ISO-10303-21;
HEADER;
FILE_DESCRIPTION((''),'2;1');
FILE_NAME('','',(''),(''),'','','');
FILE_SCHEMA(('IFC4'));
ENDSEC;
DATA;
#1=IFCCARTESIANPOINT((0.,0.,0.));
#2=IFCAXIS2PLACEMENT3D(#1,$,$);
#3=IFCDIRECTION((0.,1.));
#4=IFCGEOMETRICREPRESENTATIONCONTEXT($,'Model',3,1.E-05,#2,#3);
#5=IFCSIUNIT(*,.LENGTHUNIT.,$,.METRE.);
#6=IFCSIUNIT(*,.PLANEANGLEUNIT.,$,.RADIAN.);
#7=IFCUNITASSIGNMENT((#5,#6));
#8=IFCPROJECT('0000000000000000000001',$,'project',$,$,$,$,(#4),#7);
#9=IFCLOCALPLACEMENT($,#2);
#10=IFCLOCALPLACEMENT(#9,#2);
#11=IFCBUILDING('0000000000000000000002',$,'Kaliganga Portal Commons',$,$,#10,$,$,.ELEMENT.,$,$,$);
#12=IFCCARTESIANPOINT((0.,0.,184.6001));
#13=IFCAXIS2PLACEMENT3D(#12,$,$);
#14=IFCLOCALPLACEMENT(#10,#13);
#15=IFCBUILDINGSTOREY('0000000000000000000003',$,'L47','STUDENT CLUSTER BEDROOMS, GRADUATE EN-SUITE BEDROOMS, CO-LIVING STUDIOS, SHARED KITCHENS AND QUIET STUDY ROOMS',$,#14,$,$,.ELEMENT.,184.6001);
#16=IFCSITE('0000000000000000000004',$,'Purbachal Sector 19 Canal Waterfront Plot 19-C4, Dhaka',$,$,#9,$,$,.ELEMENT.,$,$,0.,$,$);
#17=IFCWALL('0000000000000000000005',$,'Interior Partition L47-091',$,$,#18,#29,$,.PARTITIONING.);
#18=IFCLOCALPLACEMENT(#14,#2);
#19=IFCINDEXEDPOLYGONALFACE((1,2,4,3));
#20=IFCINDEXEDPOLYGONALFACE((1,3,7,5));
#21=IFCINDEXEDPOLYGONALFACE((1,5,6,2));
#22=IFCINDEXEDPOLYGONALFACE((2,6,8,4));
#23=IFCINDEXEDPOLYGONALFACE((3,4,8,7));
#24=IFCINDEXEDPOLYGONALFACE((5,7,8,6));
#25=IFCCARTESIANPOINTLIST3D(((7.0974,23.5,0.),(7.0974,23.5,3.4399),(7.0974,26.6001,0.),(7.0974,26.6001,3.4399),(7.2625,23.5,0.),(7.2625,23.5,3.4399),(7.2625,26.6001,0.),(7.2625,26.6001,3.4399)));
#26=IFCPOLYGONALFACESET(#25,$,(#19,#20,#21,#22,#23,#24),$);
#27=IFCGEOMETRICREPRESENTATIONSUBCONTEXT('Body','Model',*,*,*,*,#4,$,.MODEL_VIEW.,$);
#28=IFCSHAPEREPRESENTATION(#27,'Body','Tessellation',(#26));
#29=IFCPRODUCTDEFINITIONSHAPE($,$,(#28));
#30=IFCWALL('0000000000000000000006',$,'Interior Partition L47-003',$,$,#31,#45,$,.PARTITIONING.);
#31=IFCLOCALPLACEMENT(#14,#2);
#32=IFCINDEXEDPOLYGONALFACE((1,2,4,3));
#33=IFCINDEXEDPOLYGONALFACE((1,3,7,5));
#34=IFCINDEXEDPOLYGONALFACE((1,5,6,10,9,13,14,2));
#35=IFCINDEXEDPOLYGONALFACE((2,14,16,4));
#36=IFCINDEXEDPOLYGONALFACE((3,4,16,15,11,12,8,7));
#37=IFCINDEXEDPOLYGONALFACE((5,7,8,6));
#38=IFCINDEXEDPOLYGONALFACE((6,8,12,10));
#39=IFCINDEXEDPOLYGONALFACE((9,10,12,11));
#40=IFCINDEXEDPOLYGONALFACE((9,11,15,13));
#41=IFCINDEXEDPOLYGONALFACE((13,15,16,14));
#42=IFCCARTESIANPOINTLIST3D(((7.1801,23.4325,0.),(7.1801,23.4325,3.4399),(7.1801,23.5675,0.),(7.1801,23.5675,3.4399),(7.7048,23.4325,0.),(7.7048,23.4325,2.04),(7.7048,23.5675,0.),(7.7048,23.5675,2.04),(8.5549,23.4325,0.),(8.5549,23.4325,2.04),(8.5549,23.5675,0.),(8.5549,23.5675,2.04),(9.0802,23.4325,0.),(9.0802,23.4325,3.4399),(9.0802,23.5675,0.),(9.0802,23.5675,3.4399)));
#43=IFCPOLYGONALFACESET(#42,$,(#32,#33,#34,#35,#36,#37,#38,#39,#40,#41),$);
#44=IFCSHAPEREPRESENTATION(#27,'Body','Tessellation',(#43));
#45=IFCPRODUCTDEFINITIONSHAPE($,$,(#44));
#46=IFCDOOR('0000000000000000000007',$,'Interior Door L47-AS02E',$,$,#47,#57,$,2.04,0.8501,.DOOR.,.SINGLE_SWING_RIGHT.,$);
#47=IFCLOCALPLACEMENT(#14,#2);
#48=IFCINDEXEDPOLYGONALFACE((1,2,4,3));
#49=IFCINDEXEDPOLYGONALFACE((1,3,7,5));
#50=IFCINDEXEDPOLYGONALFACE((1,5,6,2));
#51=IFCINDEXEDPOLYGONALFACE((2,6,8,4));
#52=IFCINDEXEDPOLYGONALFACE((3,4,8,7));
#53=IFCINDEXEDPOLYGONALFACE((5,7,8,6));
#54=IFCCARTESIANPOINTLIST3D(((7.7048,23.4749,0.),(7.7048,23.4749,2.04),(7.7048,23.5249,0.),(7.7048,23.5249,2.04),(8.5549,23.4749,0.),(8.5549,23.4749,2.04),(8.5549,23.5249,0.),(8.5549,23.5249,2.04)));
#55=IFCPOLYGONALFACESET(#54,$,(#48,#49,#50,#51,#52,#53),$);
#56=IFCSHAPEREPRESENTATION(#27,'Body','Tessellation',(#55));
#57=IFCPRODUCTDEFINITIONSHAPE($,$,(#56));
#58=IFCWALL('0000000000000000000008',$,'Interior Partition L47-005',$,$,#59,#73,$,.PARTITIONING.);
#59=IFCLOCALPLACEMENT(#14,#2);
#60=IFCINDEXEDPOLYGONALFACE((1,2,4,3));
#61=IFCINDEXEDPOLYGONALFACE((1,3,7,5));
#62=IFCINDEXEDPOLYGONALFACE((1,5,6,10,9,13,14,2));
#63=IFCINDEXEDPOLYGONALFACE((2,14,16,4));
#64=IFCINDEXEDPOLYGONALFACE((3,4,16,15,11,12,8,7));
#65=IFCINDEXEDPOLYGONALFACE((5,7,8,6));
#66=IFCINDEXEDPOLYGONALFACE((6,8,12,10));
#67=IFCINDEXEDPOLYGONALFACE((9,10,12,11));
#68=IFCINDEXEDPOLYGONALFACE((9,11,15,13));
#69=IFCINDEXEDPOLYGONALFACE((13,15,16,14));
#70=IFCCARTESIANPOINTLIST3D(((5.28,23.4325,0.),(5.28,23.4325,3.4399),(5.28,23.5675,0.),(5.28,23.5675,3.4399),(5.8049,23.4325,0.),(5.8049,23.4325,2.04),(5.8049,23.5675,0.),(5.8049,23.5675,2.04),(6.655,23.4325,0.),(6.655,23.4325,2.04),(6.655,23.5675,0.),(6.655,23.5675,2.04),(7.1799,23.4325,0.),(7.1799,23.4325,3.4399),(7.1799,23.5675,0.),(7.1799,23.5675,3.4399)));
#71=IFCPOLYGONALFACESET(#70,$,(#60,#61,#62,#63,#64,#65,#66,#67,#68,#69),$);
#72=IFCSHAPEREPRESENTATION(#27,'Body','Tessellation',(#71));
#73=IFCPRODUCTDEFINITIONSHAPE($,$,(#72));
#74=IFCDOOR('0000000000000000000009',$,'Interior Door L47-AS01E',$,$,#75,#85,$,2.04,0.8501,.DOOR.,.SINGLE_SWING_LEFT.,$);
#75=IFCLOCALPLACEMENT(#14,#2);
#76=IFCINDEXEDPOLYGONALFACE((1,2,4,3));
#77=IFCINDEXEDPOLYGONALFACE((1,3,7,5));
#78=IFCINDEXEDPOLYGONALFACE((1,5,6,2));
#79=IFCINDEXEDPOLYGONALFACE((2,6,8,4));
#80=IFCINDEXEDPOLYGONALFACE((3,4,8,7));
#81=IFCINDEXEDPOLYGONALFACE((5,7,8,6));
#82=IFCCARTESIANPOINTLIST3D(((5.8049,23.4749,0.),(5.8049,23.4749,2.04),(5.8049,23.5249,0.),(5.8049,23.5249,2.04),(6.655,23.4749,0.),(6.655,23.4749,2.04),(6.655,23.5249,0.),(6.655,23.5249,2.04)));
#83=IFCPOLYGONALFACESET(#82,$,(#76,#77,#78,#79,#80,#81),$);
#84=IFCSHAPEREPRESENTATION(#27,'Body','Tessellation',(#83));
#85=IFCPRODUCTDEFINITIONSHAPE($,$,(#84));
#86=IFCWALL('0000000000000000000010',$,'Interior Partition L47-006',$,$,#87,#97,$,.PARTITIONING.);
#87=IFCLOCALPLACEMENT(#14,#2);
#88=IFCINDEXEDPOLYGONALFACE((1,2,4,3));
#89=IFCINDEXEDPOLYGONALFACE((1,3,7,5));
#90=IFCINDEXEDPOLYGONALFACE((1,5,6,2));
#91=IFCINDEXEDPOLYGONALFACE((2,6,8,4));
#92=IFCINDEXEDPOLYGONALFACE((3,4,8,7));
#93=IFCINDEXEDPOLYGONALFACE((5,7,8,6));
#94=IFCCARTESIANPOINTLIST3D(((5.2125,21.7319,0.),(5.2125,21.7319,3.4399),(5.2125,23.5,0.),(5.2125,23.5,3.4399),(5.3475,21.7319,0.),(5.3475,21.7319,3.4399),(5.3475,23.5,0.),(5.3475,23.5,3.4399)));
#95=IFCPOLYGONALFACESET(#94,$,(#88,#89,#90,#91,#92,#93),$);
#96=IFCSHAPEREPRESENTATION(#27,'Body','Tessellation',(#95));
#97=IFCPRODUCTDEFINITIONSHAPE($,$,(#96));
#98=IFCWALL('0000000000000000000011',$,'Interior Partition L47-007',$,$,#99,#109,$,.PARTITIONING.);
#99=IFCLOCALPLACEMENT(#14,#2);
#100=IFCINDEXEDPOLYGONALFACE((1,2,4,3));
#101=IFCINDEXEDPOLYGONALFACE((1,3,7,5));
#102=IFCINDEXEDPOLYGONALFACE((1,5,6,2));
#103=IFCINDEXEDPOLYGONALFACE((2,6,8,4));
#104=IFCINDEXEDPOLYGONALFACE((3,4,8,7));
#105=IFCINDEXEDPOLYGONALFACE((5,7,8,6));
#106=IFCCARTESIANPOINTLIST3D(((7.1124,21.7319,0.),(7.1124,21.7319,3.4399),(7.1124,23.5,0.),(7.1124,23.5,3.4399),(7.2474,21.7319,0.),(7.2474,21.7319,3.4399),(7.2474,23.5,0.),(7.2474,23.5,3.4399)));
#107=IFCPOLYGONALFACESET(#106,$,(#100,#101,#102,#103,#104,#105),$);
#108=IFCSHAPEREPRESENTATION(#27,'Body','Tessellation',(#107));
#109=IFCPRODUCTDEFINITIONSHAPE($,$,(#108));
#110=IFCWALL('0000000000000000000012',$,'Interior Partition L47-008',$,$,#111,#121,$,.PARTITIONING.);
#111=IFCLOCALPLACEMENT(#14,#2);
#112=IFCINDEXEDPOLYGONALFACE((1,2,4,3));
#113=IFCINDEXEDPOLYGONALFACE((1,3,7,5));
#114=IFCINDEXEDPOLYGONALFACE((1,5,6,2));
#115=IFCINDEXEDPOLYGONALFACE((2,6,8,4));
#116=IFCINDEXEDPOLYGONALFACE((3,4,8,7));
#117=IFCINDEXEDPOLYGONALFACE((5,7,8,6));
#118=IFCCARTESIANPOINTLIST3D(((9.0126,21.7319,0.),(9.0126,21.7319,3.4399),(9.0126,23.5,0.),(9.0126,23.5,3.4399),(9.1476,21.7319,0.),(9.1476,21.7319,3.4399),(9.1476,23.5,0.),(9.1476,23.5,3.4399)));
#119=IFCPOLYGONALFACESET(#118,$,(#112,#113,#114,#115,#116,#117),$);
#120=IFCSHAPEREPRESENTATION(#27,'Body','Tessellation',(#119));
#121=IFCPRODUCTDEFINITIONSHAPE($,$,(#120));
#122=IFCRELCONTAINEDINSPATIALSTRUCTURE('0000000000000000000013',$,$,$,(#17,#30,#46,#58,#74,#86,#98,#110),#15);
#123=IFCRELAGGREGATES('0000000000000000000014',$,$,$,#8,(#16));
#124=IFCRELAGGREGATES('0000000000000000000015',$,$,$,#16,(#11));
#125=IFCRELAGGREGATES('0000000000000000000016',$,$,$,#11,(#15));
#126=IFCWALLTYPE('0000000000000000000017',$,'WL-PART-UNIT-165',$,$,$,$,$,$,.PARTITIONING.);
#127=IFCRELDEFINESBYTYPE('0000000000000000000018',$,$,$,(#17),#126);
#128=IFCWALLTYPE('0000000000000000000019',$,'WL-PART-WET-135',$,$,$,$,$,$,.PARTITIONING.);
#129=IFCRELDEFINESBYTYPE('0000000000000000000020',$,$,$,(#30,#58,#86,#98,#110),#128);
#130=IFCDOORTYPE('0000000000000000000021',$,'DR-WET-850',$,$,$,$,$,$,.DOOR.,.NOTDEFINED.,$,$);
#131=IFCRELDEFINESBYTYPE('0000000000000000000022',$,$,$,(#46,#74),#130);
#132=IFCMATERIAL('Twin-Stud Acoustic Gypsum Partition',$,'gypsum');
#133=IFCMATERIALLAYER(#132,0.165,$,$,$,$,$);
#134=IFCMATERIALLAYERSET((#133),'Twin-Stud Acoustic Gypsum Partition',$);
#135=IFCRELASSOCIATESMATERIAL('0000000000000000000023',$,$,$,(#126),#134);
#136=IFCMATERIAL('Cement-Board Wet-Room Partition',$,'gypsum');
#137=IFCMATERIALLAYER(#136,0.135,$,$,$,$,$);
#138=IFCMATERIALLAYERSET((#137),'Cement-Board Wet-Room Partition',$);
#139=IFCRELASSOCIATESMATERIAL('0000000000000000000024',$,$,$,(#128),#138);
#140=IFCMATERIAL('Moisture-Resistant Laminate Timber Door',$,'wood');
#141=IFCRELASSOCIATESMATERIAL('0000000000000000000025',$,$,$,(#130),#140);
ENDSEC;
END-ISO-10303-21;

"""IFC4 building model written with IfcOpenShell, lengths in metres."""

from ifc_helpers import new_model, si_unit, direction, frame, frame_2d, origin, place, context, subcontext, project, spatial, rectangle, extrude, material, layer, layer_set, type_object, element, fill, save


model = new_model("IFC4")

# Units and contexts
model_context = context("Model", 3, precision=1e-05, world=origin(), true_north=direction((0.0, 1.0)))
body_context = subcontext(model_context, "Body", "Model", "MODEL_VIEW")
ifc_project = project(units=[si_unit("LENGTHUNIT", "METRE"), si_unit("PLANEANGLEUNIT", "RADIAN")], contexts=[model_context])

# Site, building, storey
site_placement = place(None, origin())
site = spatial("IfcSite", under=ifc_project, at=site_placement, Name="Purbachal Sector 19 Canal Waterfront Plot 19-C4, Dhaka", CompositionType="ELEMENT", RefElevation=0.0)
building_placement = place(site_placement, origin())
building = spatial("IfcBuilding", under=site, at=building_placement, Name="Kaliganga Portal Commons", CompositionType="ELEMENT")
storey_placement = place(building_placement, frame((0.0, 0.0, 184.6001)))
storey = spatial("IfcBuildingStorey", under=building, at=storey_placement, Name="L47", Description="STUDENT CLUSTER BEDROOMS, GRADUATE EN-SUITE BEDROOMS, CO-LIVING STUDIOS, SHARED KITCHENS AND QUIET STUDY ROOMS", CompositionType="ELEMENT", Elevation=184.6001)

# Wall
ifc_material_1 = material(Name="Twin-Stud Acoustic Gypsum Partition", Category="gypsum")
ifc_layer_1 = layer(ifc_material_1, 0.165)
ifc_layer_set_1 = layer_set([ifc_layer_1], Name="Twin-Stud Acoustic Gypsum Partition")
wall_type_1 = type_object("IfcWallType", Name="WL-PART-UNIT-165", PredefinedType="PARTITIONING", material=ifc_layer_set_1)
wall_1_placement = place(storey_placement, frame((7.1799, 23.5, 0.0), z_axis=(0.0, 0.0, 1.0), x_axis=(0.0, 1.0, 0.0)))
element("IfcWall", 1, at=wall_1_placement, inside=storey, type_object=wall_type_1, Name="Interior Partition L47-091", PredefinedType="PARTITIONING", context=body_context, shape_type="SweptSolid", body=[
    extrude(rectangle(XDim=3.1001, YDim=0.165, at=frame_2d((1.55, 0.0))), origin(), (0.0, 0.0, 1.0), 3.4399),
])

# Walls, openings, doors
ifc_material_2 = material(Name="Cement-Board Wet-Room Partition", Category="gypsum")
ifc_layer_2 = layer(ifc_material_2, 0.135)
ifc_layer_set_2 = layer_set([ifc_layer_2], Name="Cement-Board Wet-Room Partition")
wall_type_2 = type_object("IfcWallType", Name="WL-PART-WET-135", PredefinedType="PARTITIONING", material=ifc_layer_set_2)
wall_2_placement = place(storey_placement, frame((7.1799, 23.5, 0.0), z_axis=(0.0, 0.0, 1.0), x_axis=(1.0, 0.0, 0.0)))
wall_2 = element("IfcWall", 2, at=wall_2_placement, inside=storey, type_object=wall_type_2, Name="Interior Partition L47-003", PredefinedType="PARTITIONING", context=body_context, shape_type="SweptSolid", body=[
    extrude(rectangle(XDim=1.9001, YDim=0.135, at=frame_2d((0.9502, 0.0))), origin(), (0.0, 0.0, 1.0), 3.4399),
])
opening_1_placement = place(wall_2_placement, frame((0.5249, 0.0, 0.0)))
opening_1 = element("IfcOpeningElement", 3, at=opening_1_placement, cuts=wall_2, PredefinedType="OPENING", context=body_context, shape_type="SweptSolid", body=[
    extrude(rectangle(XDim=0.8501, YDim=2.04, at=frame_2d((0.425, 1.02))), frame((0.0, 0.0776, 0.0), z_axis=(0.0, -1.0, 0.0), x_axis=(1.0, 0.0, 0.0)), (0.0, 0.0, 1.0), 0.155),
])
ifc_material_3 = material(Name="Moisture-Resistant Laminate Timber Door", Category="wood")
door_type_1 = type_object("IfcDoorType", Name="DR-WET-850", OperationType="NOTDEFINED", PredefinedType="DOOR", material=ifc_material_3)
door_1_placement = place(opening_1_placement, origin())
door_1 = element("IfcDoor", 4, at=door_1_placement, inside=storey, type_object=door_type_1, Name="Interior Door L47-AS02E", OperationType="SINGLE_SWING_RIGHT", OverallHeight=2.04, OverallWidth=0.8501, PredefinedType="DOOR", context=body_context, shape_type="SweptSolid", body=[
    extrude(rectangle(XDim=0.8501, YDim=2.04, at=frame_2d((0.425, 1.02))), frame((0.0, 0.0249, 0.0), z_axis=(0.0, -1.0, 0.0), x_axis=(1.0, 0.0, 0.0)), (0.0, 0.0, 1.0), 0.05),
])
fill(opening_1, door_1)
wall_3_placement = place(storey_placement, frame((5.28, 23.5, 0.0), z_axis=(0.0, 0.0, 1.0), x_axis=(1.0, 0.0, 0.0)))
wall_3 = element("IfcWall", 5, at=wall_3_placement, inside=storey, type_object=wall_type_2, Name="Interior Partition L47-005", PredefinedType="PARTITIONING", context=body_context, shape_type="SweptSolid", body=[
    extrude(rectangle(XDim=1.8999, YDim=0.135, at=frame_2d((0.95, 0.0))), origin(), (0.0, 0.0, 1.0), 3.4399),
])
opening_2_placement = place(wall_3_placement, frame((0.5249, 0.0, 0.0)))
opening_2 = element("IfcOpeningElement", 6, at=opening_2_placement, cuts=wall_3, PredefinedType="OPENING", context=body_context, shape_type="SweptSolid", body=[
    extrude(rectangle(XDim=0.8501, YDim=2.04, at=frame_2d((0.425, 1.02))), frame((0.0, 0.0776, 0.0), z_axis=(0.0, -1.0, 0.0), x_axis=(1.0, 0.0, 0.0)), (0.0, 0.0, 1.0), 0.155),
])
door_2_placement = place(opening_2_placement, origin())
door_2 = element("IfcDoor", 7, at=door_2_placement, inside=storey, type_object=door_type_1, Name="Interior Door L47-AS01E", OperationType="SINGLE_SWING_LEFT", OverallHeight=2.04, OverallWidth=0.8501, PredefinedType="DOOR", context=body_context, shape_type="SweptSolid", body=[
    extrude(rectangle(XDim=0.8501, YDim=2.04, at=frame_2d((0.425, 1.02))), frame((0.0, 0.0249, 0.0), z_axis=(0.0, -1.0, 0.0), x_axis=(1.0, 0.0, 0.0)), (0.0, 0.0, 1.0), 0.05),
])
fill(opening_2, door_2)

# Walls
for number, where, z_axis, x_axis, name in (
    (8, (5.28, 21.7319, 0.0), (0.0, 0.0, 1.0), (0.0, 1.0, 0.0), "Interior Partition L47-006"),
    (9, (7.1799, 21.7319, 0.0), (0.0, 0.0, 1.0), (0.0, 1.0, 0.0), "Interior Partition L47-007"),
    (10, (9.0801, 21.7319, 0.0), (0.0, 0.0, 1.0), (0.0, 1.0, 0.0), "Interior Partition L47-008"),
):
    element("IfcWall", number, at=place(storey_placement, frame(where, z_axis=z_axis, x_axis=x_axis)), inside=storey, type_object=wall_type_2, Name=name, PredefinedType="PARTITIONING", context=body_context, shape_type="SweptSolid", body=[
        extrude(rectangle(XDim=1.7681, YDim=0.135, at=frame_2d((0.884, 0.0))), origin(), (0.0, 0.0, 1.0), 3.4399),
    ])

save(model, "model.ifc")
